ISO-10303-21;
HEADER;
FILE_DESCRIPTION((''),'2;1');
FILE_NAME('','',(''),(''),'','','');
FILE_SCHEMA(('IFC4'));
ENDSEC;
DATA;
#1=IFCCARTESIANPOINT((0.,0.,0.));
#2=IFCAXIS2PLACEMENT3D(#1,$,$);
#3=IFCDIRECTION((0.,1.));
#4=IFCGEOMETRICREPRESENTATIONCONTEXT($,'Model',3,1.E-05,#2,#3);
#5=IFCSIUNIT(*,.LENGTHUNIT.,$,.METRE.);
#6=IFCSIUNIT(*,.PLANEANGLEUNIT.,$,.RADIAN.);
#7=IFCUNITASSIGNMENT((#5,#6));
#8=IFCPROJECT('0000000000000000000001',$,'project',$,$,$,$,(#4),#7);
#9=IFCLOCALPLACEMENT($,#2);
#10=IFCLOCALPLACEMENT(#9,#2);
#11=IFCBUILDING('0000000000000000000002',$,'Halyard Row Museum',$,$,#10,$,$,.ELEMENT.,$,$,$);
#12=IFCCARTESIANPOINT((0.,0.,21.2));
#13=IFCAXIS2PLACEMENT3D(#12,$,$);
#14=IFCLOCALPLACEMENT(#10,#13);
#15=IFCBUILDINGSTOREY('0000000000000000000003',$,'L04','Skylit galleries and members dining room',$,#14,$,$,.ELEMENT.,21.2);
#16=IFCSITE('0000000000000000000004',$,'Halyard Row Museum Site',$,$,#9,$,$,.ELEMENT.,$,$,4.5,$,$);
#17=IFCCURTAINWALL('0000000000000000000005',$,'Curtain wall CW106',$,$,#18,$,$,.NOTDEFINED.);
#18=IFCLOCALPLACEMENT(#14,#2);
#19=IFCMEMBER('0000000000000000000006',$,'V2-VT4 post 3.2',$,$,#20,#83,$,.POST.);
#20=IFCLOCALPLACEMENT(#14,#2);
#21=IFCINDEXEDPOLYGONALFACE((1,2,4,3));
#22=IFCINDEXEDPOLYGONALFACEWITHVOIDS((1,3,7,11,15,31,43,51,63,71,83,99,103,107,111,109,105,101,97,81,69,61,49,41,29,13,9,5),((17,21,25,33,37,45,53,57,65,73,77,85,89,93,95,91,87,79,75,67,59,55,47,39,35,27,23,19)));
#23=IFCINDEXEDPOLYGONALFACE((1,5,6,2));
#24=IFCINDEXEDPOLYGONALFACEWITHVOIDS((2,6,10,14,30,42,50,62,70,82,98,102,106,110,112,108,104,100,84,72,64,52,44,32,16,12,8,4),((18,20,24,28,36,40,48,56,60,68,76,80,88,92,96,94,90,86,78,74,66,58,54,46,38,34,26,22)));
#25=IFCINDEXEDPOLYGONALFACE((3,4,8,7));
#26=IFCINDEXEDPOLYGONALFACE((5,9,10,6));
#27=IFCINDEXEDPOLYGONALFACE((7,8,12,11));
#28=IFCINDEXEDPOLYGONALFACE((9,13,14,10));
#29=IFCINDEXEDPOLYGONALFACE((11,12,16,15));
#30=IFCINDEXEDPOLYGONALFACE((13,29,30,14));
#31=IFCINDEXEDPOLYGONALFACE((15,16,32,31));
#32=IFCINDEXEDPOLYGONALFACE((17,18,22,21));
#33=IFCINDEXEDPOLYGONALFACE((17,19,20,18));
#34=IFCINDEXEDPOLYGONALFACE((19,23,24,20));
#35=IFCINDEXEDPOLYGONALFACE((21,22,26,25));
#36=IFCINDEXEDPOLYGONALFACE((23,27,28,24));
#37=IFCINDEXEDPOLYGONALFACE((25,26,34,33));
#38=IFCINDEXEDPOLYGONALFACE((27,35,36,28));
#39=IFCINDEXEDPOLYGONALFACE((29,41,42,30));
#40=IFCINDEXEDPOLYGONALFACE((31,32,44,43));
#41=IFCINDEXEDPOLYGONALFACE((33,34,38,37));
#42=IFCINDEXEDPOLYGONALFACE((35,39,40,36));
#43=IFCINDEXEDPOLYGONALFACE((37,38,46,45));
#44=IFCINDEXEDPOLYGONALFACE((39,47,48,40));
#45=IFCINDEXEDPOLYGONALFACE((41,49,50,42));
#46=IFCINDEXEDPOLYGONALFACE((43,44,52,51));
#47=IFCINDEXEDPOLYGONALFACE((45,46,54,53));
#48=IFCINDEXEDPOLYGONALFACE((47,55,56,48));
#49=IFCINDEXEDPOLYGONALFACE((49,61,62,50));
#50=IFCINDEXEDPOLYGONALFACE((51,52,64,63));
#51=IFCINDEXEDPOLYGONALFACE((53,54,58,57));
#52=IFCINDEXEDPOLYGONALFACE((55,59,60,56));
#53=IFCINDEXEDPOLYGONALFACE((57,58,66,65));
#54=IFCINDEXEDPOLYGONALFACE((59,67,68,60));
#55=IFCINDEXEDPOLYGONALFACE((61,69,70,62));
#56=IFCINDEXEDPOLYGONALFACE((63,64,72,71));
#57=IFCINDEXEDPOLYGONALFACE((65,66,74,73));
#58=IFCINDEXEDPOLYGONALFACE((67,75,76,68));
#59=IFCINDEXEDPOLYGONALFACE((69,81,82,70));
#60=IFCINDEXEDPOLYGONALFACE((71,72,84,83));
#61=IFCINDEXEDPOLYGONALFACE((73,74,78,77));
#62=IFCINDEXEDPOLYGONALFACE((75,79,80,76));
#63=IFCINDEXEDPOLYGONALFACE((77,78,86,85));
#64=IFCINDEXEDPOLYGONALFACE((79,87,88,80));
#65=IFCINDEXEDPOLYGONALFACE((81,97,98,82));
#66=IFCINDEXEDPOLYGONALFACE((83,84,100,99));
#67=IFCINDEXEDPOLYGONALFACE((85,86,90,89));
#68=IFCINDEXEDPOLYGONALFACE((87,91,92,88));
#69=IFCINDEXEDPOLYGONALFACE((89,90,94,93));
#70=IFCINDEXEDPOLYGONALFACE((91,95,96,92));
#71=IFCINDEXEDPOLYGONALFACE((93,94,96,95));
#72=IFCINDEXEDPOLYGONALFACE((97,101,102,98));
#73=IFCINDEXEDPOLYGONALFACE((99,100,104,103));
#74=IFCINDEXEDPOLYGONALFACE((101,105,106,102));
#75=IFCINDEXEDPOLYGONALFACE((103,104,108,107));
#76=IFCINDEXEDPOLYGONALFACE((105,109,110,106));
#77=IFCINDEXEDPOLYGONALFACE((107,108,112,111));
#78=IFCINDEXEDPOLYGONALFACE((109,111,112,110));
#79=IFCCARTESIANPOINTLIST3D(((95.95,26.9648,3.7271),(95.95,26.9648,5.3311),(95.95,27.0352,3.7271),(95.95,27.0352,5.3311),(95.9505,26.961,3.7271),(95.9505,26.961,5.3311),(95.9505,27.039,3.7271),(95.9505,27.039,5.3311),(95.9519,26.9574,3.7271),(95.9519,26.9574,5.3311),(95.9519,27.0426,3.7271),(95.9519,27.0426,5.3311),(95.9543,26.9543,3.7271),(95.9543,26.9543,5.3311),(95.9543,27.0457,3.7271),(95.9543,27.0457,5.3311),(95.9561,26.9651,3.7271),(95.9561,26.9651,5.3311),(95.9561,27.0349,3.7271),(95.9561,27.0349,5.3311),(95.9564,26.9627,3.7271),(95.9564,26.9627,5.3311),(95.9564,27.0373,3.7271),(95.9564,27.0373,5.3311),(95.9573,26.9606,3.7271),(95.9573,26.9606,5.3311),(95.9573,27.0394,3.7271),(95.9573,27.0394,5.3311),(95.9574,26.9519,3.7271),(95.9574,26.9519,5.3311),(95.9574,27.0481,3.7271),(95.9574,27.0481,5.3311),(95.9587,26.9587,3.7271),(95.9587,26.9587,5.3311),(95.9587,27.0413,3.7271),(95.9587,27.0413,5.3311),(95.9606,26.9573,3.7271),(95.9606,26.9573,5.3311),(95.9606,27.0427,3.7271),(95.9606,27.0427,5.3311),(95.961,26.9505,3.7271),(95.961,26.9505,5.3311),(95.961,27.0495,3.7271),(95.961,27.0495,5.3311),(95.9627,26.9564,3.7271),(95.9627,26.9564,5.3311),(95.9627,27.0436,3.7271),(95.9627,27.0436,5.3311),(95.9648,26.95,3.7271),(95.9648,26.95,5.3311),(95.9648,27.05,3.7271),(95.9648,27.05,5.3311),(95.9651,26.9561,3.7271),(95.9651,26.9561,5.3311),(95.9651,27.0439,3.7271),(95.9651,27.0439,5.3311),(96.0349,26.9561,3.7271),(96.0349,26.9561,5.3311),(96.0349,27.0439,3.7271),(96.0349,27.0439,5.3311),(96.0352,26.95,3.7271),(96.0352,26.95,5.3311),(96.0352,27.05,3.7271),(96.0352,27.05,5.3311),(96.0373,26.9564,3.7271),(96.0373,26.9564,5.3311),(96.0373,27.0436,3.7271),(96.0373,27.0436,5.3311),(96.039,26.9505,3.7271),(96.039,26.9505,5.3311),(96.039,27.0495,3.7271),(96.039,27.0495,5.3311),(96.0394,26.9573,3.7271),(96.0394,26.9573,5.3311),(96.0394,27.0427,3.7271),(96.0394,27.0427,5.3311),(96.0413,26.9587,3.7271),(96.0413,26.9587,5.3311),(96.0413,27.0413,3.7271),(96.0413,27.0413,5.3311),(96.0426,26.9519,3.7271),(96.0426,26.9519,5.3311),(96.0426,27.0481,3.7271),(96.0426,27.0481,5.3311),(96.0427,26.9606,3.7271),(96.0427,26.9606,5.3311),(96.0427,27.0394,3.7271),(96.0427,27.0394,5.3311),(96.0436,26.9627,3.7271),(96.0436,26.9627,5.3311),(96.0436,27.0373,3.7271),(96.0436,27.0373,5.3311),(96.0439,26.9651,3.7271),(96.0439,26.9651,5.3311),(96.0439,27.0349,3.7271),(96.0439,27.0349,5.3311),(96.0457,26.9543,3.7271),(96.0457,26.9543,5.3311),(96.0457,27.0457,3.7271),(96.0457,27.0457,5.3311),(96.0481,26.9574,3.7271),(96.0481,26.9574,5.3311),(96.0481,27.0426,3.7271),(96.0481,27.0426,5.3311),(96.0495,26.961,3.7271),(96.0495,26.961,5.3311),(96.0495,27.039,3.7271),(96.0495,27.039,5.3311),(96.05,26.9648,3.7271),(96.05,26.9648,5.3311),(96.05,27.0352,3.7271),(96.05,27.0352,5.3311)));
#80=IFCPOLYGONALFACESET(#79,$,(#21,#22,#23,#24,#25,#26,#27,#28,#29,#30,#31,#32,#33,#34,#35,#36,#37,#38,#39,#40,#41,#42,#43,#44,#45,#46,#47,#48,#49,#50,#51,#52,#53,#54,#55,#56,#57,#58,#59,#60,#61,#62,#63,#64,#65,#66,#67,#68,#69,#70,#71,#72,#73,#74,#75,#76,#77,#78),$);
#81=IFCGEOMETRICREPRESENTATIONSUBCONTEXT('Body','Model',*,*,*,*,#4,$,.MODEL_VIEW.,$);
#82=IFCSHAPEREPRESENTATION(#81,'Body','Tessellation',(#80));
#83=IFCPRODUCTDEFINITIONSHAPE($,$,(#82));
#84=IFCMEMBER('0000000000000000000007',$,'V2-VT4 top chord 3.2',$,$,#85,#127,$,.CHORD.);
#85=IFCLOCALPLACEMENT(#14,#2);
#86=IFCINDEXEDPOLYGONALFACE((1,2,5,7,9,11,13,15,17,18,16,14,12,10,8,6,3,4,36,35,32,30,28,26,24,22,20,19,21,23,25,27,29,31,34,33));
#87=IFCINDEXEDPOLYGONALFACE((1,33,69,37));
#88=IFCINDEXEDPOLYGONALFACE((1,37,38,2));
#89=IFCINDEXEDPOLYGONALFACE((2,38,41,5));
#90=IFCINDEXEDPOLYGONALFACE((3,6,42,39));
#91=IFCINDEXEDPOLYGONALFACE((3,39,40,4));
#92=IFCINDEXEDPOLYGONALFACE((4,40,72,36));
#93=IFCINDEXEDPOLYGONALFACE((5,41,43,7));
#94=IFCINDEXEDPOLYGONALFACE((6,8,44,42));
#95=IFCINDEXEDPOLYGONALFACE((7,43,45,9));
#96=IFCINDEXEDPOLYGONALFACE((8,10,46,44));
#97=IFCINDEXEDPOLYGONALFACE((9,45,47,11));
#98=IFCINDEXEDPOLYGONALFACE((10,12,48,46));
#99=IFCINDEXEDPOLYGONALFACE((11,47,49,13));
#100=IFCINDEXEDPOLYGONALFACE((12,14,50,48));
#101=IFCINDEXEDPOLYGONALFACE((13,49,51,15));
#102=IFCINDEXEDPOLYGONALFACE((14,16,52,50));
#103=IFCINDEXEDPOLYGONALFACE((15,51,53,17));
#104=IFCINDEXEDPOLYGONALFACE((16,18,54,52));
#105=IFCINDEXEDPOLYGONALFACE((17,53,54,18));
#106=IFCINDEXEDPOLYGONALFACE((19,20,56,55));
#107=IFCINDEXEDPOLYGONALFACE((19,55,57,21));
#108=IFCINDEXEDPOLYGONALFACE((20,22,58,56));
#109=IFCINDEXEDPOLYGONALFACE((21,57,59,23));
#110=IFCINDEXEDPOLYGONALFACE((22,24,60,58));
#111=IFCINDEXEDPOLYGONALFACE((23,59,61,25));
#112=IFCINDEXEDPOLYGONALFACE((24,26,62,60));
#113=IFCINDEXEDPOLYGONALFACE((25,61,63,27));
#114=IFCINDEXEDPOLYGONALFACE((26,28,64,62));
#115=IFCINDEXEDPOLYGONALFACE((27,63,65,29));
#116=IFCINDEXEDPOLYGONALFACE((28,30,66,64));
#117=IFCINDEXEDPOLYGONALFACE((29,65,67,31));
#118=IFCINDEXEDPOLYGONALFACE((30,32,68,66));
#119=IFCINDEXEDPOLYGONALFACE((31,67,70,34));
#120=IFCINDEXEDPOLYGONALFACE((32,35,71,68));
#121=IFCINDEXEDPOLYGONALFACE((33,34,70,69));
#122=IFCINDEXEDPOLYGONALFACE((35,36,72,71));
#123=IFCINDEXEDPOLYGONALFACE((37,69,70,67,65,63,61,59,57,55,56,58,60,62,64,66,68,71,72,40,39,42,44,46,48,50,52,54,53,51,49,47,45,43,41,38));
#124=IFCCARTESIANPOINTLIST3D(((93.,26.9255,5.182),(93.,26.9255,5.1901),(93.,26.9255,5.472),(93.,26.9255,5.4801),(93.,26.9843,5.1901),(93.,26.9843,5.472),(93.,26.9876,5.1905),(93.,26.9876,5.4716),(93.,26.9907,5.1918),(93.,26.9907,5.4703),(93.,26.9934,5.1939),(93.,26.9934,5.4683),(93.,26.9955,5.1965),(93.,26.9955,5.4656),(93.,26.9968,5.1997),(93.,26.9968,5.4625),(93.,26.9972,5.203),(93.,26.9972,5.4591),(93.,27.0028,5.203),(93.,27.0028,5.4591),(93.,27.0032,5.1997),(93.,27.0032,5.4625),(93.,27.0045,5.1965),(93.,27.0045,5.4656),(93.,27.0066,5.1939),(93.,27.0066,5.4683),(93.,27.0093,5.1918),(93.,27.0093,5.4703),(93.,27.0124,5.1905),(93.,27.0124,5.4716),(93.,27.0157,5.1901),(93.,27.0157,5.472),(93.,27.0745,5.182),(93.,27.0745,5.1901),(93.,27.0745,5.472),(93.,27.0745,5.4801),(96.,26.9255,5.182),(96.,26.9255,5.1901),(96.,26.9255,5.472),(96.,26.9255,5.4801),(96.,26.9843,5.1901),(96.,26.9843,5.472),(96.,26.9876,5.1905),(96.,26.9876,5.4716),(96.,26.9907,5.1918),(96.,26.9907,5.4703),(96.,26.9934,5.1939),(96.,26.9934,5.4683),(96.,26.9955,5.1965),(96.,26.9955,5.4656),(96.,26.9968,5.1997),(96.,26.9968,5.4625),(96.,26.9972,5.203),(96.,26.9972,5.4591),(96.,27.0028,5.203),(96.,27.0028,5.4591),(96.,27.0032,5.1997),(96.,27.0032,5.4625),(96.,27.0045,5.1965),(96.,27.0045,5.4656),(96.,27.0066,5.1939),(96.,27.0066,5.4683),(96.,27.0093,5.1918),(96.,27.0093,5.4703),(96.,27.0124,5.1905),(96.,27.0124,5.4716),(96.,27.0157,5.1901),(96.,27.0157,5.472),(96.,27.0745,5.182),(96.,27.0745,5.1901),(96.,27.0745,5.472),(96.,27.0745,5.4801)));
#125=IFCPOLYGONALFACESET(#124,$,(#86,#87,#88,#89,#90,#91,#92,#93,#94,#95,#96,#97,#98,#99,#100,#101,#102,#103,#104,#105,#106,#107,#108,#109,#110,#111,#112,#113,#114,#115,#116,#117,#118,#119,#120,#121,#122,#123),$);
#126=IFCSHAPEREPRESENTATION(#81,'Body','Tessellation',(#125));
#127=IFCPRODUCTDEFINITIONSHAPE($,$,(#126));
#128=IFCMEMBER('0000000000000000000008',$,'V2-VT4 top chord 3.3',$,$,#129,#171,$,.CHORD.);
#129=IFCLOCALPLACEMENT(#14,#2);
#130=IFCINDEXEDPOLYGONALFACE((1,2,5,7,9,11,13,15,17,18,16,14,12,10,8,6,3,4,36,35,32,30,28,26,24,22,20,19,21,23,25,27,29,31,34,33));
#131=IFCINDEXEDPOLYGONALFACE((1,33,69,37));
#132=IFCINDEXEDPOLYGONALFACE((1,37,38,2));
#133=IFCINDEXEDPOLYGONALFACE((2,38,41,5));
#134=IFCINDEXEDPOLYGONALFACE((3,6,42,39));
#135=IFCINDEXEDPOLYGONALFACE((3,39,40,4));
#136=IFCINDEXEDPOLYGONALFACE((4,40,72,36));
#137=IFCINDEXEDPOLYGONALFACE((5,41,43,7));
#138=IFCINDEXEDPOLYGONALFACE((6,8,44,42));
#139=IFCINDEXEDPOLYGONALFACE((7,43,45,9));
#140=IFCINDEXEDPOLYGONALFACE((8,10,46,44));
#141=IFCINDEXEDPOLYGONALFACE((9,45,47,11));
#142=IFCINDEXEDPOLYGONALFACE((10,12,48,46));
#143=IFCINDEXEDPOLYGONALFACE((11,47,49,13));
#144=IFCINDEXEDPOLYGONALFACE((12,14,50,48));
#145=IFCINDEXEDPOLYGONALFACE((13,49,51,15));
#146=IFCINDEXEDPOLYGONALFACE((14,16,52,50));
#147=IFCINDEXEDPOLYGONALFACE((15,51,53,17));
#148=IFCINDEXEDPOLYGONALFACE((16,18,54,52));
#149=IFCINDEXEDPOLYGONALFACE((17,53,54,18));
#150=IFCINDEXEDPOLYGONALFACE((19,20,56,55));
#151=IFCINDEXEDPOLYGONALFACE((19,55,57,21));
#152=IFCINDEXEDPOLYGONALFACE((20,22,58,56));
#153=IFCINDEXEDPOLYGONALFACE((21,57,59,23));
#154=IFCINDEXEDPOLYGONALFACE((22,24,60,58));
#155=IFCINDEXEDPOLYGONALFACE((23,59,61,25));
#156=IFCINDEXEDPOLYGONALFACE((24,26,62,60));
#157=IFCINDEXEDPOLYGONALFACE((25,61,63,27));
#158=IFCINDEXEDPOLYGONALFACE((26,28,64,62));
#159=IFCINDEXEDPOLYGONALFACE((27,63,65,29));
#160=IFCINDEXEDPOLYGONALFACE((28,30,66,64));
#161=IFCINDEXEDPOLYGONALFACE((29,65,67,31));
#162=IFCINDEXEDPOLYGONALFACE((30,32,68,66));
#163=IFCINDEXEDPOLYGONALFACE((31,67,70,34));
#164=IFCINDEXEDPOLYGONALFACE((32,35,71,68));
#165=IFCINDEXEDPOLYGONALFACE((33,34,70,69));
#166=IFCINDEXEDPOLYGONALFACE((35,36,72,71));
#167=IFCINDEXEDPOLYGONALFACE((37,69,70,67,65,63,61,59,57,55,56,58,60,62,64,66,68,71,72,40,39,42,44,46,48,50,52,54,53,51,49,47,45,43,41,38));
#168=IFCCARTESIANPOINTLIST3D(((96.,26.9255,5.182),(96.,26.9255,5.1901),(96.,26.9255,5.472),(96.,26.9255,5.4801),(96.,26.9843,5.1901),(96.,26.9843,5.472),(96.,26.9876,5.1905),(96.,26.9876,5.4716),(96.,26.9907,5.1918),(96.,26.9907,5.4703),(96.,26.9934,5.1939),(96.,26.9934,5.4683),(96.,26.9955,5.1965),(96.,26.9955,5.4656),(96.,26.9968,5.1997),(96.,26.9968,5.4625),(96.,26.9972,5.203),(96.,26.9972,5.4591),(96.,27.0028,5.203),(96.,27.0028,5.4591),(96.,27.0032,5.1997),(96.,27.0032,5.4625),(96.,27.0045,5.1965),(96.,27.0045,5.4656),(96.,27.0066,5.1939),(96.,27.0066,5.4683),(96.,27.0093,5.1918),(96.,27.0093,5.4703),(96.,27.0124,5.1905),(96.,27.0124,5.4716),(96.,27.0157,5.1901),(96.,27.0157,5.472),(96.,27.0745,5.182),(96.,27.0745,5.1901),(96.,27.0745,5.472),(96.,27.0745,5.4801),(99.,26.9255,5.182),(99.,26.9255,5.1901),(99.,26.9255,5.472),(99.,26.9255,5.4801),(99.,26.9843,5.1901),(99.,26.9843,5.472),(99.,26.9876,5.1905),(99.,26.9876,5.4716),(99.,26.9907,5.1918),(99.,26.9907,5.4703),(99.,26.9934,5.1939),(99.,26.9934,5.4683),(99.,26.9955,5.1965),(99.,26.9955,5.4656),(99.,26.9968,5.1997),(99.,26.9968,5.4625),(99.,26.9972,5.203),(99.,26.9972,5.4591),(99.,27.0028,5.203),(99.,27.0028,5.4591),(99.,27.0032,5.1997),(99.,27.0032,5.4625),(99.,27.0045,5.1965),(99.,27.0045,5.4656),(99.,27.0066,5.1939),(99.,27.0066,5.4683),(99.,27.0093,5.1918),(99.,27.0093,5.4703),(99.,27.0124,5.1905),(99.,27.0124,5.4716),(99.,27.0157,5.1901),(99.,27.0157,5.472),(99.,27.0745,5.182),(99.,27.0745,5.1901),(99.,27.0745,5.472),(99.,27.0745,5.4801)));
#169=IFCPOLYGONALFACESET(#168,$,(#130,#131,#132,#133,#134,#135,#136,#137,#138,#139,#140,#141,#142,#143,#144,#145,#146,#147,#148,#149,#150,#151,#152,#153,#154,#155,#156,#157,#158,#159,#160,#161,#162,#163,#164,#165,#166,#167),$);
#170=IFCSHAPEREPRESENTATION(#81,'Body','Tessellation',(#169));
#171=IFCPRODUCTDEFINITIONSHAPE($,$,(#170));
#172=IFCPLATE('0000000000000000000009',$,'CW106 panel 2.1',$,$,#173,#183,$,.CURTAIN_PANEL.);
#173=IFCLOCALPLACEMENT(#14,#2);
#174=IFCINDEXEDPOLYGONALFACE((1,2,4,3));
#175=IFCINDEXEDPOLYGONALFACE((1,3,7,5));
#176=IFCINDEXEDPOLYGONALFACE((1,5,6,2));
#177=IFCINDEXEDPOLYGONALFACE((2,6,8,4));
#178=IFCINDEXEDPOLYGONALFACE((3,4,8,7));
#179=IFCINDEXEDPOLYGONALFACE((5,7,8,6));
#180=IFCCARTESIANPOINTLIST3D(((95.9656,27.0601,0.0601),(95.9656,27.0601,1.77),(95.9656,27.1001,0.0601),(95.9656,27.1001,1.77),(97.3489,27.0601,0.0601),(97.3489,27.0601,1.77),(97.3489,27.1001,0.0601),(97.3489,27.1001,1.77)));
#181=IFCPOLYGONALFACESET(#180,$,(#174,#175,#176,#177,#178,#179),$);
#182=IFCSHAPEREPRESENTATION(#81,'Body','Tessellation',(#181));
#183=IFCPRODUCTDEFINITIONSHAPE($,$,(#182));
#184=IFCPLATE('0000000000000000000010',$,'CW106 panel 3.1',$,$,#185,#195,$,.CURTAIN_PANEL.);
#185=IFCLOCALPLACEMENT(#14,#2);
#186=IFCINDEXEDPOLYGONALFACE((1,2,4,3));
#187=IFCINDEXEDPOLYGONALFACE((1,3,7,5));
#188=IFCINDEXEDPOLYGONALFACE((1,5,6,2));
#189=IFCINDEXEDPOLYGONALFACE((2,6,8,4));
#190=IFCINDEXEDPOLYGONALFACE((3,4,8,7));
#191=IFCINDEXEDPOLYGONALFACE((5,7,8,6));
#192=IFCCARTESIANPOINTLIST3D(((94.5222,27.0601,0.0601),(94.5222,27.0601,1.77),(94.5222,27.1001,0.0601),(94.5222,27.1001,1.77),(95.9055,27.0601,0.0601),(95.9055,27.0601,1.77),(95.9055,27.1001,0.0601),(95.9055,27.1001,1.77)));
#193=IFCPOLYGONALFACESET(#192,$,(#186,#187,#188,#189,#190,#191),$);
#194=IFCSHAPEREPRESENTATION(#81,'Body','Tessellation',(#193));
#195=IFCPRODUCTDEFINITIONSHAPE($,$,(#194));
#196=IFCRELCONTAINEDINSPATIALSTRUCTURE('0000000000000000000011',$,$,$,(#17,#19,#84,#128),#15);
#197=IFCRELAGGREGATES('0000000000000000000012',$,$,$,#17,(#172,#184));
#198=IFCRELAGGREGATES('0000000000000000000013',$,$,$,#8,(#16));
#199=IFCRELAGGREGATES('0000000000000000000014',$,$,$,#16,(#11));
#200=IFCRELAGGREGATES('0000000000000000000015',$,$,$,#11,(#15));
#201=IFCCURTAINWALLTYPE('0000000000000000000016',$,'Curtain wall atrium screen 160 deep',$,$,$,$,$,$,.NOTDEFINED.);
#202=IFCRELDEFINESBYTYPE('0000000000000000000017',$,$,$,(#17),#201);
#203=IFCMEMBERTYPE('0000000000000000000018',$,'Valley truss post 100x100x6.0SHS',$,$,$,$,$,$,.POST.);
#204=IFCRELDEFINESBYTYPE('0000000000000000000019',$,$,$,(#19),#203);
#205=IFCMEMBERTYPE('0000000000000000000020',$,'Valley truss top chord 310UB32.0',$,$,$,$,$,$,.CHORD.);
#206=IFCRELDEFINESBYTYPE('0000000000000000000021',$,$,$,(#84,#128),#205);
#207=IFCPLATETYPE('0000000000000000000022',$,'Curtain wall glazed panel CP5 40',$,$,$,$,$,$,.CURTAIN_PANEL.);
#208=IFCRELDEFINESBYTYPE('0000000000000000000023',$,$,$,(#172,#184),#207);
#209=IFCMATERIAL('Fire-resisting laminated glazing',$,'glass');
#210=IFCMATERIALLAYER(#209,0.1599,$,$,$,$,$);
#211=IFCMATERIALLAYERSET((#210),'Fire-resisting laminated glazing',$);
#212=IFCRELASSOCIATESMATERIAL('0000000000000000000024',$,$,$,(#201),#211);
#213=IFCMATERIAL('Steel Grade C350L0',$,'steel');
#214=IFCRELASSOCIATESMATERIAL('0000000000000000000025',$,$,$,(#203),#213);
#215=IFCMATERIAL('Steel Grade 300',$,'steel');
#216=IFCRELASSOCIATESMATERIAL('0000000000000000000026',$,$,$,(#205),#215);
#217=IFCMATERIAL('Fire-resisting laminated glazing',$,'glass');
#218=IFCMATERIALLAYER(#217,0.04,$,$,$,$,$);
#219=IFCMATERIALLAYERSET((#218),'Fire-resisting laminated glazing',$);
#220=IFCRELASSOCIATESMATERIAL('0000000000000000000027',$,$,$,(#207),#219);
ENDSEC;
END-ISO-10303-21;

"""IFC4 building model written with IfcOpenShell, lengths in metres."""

from ifc_helpers import new_model, si_unit, direction, frame, origin, origin_2d, place, context, subcontext, project, spatial, rectangle, hollow_rectangle, i_section, extrude, material, layer, layer_set, material_profile, profile_set, type_object, element, aggregate, save


model = new_model("IFC4")

# Units and contexts
model_context = context("Model", 3, precision=1e-05, world=origin(), true_north=direction((0.0, 1.0)))
body_context = subcontext(model_context, "Body", "Model", "MODEL_VIEW")
ifc_project = project(units=[si_unit("LENGTHUNIT", "METRE"), si_unit("PLANEANGLEUNIT", "RADIAN")], contexts=[model_context])

# Site, building, storey
site_placement = place(None, origin())
site = spatial("IfcSite", under=ifc_project, at=site_placement, Name="Halyard Row Museum Site", CompositionType="ELEMENT", RefElevation=4.5)
building_placement = place(site_placement, origin())
building = spatial("IfcBuilding", under=site, at=building_placement, Name="Halyard Row Museum", CompositionType="ELEMENT")
storey_placement = place(building_placement, frame((0.0, 0.0, 21.2)))
storey = spatial("IfcBuildingStorey", under=building, at=storey_placement, Name="L04", Description="Skylit galleries and members dining room", CompositionType="ELEMENT", Elevation=21.2)

# Curtain wall
ifc_material_1 = material(Name="Fire-resisting laminated glazing", Category="glass")
ifc_layer_1 = layer(ifc_material_1, 0.1599)
ifc_layer_set_1 = layer_set([ifc_layer_1], Name="Fire-resisting laminated glazing")
curtain_wall_type = type_object("IfcCurtainWallType", Name="Curtain wall atrium screen 160 deep", PredefinedType="NOTDEFINED", material=ifc_layer_set_1)
curtain_wall_placement = place(storey_placement, origin())
curtain_wall = element("IfcCurtainWall", 1, at=curtain_wall_placement, inside=storey, type_object=curtain_wall_type, Name="Curtain wall CW106", PredefinedType="NOTDEFINED")

# Members
ifc_material_2 = material(Name="Steel Grade C350L0", Category="steel")
ifc_material_profile_1 = material_profile(ifc_material_2, hollow_rectangle(XDim=0.1001, YDim=0.1001, WallThickness=0.0061, InnerFilletRadius=0.009, OuterFilletRadius=0.0149, at=origin_2d()), Name="100x100x6.0SHS")
ifc_profile_set_1 = profile_set([ifc_material_profile_1], Name="Steel Grade C350L0")
member_type_1 = type_object("IfcMemberType", Name="Valley truss post 100x100x6.0SHS", PredefinedType="POST", material=ifc_profile_set_1)
for number, where, z_axis, x_axis, name in (
    (2, (96.0, 27.0, 3.7271), (0.0, 0.0, 1.0), (1.0, 0.0, 0.0), "V2-VT4 post 3.2"),
):
    element("IfcMember", number, at=place(storey_placement, frame(where, z_axis=z_axis, x_axis=x_axis)), inside=storey, type_object=member_type_1, Name=name, PredefinedType="POST", context=body_context, shape_type="SweptSolid", body=[
        extrude(hollow_rectangle(XDim=0.1001, YDim=0.1001, WallThickness=0.0061, InnerFilletRadius=0.009, OuterFilletRadius=0.0149, at=origin_2d()), origin(), (0.0, 0.0, 1.0), 1.604),
    ])
ifc_material_3 = material(Name="Steel Grade 300", Category="steel")
ifc_material_profile_2 = material_profile(ifc_material_3, i_section(OverallWidth=0.1489, OverallDepth=0.2981, WebThickness=0.0056, FlangeThickness=0.0081, FilletRadius=0.0129, at=origin_2d()), Name="310UB32.0")
ifc_profile_set_2 = profile_set([ifc_material_profile_2], Name="Steel Grade 300")
member_type_2 = type_object("IfcMemberType", Name="Valley truss top chord 310UB32.0", PredefinedType="CHORD", material=ifc_profile_set_2)
for number, where, z_axis, x_axis, name in (
    (3, (93.0, 27.0, 5.3311), (1.0, 0.0, 0.0), (0.0, 1.0, 0.0), "V2-VT4 top chord 3.2"),
    (4, (96.0, 27.0, 5.3311), (1.0, 0.0, 0.0), (0.0, 1.0, 0.0), "V2-VT4 top chord 3.3"),
):
    element("IfcMember", number, at=place(storey_placement, frame(where, z_axis=z_axis, x_axis=x_axis)), inside=storey, type_object=member_type_2, Name=name, PredefinedType="CHORD", context=body_context, shape_type="SweptSolid", body=[
        extrude(i_section(OverallWidth=0.1489, OverallDepth=0.2981, WebThickness=0.0056, FlangeThickness=0.0081, FilletRadius=0.0129, at=origin_2d()), origin(), (0.0, 0.0, 1.0), 3.0),
    ])

# Plates
ifc_material_4 = material(Name="Fire-resisting laminated glazing", Category="glass")
ifc_layer_2 = layer(ifc_material_4, 0.04)
ifc_layer_set_2 = layer_set([ifc_layer_2], Name="Fire-resisting laminated glazing")
plate_type = type_object("IfcPlateType", Name="Curtain wall glazed panel CP5 40", PredefinedType="CURTAIN_PANEL", material=ifc_layer_set_2)
plate_1_placement = place(storey_placement, frame((96.6572, 27.0801, 0.0601), z_axis=(0.0, 0.0, 1.0), x_axis=(-1.0, 0.0, 0.0)))
plate_1 = element("IfcPlate", 5, at=plate_1_placement, type_object=plate_type, Name="CW106 panel 2.1", PredefinedType="CURTAIN_PANEL", context=body_context, shape_type="SweptSolid", body=[
    extrude(rectangle(XDim=1.3833, YDim=0.04, at=origin_2d()), origin(), (0.0, 0.0, 1.0), 1.71),
])
plate_2_placement = place(storey_placement, frame((95.2139, 27.0801, 0.0601), z_axis=(0.0, 0.0, 1.0), x_axis=(-1.0, 0.0, 0.0)))
plate_2 = element("IfcPlate", 6, at=plate_2_placement, type_object=plate_type, Name="CW106 panel 3.1", PredefinedType="CURTAIN_PANEL", context=body_context, shape_type="SweptSolid", body=[
    extrude(rectangle(XDim=1.3833, YDim=0.04, at=origin_2d()), origin(), (0.0, 0.0, 1.0), 1.71),
])
aggregate(curtain_wall, [plate_1, plate_2])

save(model, "model.ifc")
